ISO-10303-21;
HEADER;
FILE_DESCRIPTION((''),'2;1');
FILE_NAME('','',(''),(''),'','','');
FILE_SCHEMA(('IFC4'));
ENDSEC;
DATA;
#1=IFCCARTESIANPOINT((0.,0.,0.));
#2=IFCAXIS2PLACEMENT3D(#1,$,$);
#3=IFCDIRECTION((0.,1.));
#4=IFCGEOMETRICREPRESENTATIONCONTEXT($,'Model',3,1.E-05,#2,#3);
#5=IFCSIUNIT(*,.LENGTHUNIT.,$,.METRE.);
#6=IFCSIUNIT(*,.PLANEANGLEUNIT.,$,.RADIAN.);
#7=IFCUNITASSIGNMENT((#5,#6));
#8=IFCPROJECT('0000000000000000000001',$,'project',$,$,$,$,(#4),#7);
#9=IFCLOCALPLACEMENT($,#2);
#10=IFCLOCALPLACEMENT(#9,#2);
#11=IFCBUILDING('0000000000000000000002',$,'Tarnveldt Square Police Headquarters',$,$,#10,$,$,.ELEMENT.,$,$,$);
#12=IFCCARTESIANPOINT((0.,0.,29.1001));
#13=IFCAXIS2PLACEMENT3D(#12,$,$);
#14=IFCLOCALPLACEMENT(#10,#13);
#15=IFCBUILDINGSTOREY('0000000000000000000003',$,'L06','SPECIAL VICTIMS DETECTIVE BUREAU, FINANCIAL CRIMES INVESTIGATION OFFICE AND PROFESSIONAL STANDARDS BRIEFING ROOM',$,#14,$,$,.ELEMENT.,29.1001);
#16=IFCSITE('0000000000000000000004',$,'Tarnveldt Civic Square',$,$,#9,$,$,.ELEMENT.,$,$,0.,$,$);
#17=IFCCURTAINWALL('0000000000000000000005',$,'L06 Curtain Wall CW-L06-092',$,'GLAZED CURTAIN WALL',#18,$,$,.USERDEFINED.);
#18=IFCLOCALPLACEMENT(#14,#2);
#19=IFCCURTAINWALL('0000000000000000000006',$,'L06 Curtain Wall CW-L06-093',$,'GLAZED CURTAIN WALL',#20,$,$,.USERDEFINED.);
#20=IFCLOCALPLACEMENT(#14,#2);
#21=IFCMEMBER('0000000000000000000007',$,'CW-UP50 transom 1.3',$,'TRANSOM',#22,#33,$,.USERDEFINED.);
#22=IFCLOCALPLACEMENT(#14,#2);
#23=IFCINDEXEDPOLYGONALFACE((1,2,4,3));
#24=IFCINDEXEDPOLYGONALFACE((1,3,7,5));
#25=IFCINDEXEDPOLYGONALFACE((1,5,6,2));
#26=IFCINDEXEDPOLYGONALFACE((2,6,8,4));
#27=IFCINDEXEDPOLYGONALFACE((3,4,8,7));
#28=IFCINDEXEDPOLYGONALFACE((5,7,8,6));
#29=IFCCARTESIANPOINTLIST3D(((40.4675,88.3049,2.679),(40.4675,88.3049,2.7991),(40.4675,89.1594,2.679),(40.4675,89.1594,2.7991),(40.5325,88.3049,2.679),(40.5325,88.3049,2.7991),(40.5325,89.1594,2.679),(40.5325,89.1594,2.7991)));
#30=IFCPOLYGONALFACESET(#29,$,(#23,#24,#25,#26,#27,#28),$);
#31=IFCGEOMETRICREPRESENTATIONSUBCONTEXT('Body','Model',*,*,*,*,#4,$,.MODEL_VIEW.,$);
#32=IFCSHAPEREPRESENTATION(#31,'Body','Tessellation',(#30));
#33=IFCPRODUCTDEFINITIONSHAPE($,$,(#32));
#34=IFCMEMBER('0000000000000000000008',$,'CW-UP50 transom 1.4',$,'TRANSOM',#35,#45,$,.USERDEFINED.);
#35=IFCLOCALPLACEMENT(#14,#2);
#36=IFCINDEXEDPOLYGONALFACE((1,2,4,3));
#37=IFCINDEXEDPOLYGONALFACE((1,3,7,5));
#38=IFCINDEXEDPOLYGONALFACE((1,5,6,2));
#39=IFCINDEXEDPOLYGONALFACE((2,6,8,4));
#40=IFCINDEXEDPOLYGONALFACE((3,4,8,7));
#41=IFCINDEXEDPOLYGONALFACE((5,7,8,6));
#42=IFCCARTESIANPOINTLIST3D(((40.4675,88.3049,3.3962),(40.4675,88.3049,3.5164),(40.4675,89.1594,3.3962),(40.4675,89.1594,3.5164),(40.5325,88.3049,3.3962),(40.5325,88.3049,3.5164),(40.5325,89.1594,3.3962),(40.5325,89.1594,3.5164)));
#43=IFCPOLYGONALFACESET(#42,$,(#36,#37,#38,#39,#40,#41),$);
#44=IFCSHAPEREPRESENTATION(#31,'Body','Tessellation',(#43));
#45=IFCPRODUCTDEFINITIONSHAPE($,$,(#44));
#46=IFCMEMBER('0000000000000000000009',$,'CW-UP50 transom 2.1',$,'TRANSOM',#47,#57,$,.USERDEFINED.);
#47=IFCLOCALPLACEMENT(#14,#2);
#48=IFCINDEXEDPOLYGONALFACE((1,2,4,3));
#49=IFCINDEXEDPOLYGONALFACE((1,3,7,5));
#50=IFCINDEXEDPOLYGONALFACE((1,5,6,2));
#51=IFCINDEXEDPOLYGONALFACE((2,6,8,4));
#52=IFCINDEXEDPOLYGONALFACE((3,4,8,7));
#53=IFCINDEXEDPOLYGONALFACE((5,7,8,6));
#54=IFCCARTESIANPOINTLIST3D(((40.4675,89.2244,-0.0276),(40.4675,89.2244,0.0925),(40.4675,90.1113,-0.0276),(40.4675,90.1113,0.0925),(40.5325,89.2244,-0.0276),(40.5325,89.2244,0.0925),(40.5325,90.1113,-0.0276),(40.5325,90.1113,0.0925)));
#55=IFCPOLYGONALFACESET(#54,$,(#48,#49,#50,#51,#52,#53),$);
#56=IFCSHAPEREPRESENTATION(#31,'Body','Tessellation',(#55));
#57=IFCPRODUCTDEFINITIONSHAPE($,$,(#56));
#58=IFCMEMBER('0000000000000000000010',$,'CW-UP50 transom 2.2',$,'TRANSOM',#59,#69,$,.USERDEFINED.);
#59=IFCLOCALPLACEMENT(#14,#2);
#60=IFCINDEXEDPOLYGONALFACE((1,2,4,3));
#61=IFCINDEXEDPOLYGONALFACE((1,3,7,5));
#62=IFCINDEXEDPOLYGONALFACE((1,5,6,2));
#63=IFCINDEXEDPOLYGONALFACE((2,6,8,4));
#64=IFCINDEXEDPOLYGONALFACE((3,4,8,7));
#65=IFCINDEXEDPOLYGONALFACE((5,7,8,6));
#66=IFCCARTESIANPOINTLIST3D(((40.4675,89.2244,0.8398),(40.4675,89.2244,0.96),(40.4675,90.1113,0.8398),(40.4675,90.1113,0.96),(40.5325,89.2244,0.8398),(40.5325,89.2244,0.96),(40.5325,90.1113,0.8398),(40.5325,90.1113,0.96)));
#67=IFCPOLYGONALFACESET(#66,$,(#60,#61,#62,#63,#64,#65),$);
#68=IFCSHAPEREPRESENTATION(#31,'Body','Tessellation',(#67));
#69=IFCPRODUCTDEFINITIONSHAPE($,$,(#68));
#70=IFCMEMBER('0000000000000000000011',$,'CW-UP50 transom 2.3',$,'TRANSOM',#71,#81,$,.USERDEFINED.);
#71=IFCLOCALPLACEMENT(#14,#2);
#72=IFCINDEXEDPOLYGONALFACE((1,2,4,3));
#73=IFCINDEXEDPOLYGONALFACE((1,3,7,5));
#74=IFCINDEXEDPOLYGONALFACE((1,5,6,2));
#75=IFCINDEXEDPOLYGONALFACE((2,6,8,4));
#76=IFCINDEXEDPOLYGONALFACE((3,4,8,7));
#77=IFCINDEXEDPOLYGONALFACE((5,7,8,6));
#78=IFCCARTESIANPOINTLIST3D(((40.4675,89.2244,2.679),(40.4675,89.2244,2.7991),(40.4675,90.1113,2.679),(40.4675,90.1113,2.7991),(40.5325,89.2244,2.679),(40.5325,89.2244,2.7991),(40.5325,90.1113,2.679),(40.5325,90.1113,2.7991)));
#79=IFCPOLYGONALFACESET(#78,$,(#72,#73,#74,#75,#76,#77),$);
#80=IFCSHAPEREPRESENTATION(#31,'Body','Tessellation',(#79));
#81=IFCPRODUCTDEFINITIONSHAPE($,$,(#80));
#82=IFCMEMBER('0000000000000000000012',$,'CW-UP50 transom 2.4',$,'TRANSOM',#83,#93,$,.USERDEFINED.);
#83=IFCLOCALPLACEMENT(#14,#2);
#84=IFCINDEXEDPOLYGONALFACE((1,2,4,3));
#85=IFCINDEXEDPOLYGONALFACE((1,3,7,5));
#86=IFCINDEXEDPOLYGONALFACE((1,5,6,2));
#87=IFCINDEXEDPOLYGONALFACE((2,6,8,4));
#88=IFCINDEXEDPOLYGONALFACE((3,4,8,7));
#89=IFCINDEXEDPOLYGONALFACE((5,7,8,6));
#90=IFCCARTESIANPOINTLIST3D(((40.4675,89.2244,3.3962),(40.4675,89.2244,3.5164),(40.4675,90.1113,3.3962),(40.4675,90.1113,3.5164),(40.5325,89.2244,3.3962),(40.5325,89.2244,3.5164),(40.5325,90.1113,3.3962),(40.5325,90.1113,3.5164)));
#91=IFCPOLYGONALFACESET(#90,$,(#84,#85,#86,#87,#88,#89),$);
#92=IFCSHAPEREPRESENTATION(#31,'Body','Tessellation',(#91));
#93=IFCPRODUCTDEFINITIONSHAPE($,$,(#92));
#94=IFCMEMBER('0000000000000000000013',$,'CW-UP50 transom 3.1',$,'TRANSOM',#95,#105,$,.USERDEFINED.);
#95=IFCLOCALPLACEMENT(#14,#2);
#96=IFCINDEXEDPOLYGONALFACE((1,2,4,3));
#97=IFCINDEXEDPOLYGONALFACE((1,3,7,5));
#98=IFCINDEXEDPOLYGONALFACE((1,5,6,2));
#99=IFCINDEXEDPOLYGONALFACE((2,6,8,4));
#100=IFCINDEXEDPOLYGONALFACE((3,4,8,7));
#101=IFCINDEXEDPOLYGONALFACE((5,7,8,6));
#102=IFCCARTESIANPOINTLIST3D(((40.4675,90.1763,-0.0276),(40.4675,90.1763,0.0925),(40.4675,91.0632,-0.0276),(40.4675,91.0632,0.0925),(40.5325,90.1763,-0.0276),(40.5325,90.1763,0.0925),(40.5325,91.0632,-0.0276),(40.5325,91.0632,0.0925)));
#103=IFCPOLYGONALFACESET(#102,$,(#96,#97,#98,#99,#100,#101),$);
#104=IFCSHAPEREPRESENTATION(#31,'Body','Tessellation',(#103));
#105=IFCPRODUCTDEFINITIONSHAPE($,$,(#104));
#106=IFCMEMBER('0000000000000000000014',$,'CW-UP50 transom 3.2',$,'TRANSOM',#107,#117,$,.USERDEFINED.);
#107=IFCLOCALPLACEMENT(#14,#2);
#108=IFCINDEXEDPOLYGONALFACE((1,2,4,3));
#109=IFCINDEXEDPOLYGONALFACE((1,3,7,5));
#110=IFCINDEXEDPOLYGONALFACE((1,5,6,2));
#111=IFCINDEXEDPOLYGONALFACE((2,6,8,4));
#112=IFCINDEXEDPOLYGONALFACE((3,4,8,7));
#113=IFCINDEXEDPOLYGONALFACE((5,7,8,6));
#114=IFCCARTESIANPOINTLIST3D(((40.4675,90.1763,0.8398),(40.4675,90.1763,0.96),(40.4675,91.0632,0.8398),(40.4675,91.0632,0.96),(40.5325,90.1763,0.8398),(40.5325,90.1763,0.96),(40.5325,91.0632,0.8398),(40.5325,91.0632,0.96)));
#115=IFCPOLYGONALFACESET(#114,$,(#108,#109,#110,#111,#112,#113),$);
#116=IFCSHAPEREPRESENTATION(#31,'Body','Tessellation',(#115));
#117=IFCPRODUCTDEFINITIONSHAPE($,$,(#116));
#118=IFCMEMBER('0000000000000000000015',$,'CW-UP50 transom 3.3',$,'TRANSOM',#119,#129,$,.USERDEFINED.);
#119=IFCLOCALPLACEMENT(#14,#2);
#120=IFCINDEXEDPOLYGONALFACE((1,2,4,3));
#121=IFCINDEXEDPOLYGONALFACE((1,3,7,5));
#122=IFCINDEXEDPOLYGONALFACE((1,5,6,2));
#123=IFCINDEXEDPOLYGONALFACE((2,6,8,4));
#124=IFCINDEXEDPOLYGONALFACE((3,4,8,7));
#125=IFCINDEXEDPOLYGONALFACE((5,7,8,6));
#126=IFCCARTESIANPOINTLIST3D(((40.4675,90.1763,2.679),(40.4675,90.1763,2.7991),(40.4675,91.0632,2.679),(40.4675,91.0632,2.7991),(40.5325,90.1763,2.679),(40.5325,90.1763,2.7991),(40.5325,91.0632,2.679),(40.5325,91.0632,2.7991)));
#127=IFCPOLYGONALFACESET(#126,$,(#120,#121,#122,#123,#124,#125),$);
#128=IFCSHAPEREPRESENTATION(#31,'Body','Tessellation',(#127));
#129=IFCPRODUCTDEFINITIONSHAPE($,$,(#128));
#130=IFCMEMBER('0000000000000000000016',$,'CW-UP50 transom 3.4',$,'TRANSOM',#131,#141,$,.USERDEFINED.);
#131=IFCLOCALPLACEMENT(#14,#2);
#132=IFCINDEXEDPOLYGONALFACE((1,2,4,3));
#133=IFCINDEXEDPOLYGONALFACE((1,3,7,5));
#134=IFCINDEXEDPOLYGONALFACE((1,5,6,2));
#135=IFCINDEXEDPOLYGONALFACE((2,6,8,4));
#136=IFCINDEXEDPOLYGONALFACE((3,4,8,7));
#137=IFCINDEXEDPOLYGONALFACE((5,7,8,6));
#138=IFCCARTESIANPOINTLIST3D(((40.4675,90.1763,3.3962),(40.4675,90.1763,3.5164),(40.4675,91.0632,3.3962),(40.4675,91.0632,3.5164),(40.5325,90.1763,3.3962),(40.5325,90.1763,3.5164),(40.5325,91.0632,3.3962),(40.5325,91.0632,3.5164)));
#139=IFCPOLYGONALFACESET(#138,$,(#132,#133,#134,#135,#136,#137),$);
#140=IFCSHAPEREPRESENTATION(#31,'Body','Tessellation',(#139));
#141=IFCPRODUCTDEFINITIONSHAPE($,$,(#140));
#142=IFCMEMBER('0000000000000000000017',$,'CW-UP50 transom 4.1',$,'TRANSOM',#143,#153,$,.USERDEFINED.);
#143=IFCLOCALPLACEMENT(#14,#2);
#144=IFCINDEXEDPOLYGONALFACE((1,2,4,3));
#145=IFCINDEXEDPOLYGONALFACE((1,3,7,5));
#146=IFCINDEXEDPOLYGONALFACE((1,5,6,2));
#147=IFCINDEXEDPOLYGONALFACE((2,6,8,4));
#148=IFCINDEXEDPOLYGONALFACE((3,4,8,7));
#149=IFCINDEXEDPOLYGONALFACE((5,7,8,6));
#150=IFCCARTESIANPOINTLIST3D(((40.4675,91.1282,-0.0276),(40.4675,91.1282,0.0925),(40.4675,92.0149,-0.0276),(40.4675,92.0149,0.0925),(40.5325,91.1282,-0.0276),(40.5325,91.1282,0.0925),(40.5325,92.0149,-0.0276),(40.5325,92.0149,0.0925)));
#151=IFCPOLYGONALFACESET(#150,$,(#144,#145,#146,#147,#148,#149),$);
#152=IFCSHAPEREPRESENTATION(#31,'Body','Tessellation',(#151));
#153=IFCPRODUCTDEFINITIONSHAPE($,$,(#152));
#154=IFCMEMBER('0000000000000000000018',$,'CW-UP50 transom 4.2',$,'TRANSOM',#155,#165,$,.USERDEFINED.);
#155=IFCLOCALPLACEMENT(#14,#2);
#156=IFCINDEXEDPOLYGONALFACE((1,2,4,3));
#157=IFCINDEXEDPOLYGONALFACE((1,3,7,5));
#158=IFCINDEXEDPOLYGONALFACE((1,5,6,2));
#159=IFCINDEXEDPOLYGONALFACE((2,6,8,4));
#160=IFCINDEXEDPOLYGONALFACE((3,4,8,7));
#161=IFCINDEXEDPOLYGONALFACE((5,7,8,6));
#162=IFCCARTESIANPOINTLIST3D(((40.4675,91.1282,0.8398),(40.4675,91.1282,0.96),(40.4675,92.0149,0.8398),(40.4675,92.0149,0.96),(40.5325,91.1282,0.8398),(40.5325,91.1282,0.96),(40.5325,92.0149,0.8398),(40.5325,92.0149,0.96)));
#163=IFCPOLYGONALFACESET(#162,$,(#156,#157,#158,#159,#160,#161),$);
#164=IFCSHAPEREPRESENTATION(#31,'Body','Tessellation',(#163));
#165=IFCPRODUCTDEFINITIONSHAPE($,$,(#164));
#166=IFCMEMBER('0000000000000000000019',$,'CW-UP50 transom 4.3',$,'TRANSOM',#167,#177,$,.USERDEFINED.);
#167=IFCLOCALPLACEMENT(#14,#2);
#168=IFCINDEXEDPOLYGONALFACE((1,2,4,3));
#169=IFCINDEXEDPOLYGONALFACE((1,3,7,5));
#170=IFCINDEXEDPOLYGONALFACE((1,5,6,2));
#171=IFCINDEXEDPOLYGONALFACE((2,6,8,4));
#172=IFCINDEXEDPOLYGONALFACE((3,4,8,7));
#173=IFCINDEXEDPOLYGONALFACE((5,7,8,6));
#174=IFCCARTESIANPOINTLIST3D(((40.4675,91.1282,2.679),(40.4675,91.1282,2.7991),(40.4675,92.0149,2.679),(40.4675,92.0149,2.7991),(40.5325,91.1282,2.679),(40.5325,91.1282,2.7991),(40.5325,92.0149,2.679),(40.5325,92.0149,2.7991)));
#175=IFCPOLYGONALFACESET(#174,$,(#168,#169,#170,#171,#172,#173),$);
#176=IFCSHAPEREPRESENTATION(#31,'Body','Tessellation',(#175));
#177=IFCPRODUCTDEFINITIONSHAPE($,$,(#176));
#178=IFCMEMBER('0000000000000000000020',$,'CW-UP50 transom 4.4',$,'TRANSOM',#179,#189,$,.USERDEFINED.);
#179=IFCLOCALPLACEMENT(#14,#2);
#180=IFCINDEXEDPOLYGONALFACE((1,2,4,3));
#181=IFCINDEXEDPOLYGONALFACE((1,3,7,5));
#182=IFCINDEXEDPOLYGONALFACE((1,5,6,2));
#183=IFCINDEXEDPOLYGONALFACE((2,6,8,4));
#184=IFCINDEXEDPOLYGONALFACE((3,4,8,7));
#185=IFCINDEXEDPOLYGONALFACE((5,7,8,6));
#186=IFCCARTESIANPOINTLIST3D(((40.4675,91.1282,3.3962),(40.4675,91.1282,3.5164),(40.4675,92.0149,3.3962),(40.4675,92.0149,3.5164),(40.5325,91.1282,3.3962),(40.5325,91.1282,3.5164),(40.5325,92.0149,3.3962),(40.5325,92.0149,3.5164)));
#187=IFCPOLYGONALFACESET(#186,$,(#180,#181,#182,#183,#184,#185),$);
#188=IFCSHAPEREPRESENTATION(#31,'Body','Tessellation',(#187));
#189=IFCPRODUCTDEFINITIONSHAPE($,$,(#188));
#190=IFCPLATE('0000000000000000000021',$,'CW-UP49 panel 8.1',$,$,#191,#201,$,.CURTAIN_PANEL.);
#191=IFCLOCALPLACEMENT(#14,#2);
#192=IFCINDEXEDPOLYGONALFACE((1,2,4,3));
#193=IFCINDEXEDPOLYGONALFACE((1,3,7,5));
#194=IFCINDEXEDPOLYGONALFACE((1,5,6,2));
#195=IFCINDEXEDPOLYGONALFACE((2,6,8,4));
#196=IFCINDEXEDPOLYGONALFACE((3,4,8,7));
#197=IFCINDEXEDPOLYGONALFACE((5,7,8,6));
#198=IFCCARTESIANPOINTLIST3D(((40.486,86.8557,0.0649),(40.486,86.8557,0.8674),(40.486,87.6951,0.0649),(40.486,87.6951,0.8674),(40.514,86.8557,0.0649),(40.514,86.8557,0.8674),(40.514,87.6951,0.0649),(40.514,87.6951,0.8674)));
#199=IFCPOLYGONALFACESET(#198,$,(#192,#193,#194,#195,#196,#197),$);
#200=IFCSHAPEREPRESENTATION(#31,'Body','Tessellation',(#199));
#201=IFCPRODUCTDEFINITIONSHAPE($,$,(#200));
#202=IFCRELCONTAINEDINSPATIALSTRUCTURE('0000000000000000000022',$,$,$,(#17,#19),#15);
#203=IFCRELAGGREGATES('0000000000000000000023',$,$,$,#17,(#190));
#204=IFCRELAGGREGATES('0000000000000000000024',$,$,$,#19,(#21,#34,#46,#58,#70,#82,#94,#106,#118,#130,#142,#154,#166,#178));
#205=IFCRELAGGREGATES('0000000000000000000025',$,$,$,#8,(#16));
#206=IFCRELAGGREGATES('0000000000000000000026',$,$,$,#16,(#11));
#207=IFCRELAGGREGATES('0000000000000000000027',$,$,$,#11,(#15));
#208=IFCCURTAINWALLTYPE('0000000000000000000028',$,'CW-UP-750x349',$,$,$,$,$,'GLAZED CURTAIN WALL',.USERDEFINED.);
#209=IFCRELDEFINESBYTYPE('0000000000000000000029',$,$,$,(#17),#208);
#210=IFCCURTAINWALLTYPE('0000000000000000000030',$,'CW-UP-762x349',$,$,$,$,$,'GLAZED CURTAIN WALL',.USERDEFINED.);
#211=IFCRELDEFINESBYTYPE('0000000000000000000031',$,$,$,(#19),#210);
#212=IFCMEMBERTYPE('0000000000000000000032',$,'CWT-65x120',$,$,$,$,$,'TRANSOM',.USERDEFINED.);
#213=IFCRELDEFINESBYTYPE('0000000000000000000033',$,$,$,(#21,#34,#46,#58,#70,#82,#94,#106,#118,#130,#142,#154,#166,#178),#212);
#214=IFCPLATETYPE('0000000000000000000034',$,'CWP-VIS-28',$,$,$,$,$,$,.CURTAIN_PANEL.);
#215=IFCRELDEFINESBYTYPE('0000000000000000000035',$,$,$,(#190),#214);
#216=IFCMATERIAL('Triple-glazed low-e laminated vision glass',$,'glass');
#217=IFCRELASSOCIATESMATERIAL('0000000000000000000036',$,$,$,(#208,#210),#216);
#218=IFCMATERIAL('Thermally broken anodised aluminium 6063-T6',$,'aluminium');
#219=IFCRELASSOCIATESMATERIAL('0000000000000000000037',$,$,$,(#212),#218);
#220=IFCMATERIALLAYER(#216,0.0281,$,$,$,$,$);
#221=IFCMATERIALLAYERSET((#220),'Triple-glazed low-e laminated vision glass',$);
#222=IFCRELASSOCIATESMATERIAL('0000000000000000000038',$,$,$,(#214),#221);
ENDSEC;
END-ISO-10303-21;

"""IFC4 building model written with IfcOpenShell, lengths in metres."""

from ifc_helpers import new_model, si_unit, direction, frame, origin, origin_2d, place, context, subcontext, project, spatial, rectangle, extrude, material, layer, layer_set, material_profile, profile_set, type_object, element, aggregate, save


model = new_model("IFC4")

# Units and contexts
model_context = context("Model", 3, precision=1e-05, world=origin(), true_north=direction((0.0, 1.0)))
body_context = subcontext(model_context, "Body", "Model", "MODEL_VIEW")
ifc_project = project(units=[si_unit("LENGTHUNIT", "METRE"), si_unit("PLANEANGLEUNIT", "RADIAN")], contexts=[model_context])

# Site, building, storey
site_placement = place(None, origin())
site = spatial("IfcSite", under=ifc_project, at=site_placement, Name="Tarnveldt Civic Square", CompositionType="ELEMENT", RefElevation=0.0)
building_placement = place(site_placement, origin())
building = spatial("IfcBuilding", under=site, at=building_placement, Name="Tarnveldt Square Police Headquarters", CompositionType="ELEMENT")
storey_placement = place(building_placement, frame((0.0, 0.0, 29.1001)))
storey = spatial("IfcBuildingStorey", under=building, at=storey_placement, Name="L06", Description="SPECIAL VICTIMS DETECTIVE BUREAU, FINANCIAL CRIMES INVESTIGATION OFFICE AND PROFESSIONAL STANDARDS BRIEFING ROOM", CompositionType="ELEMENT", Elevation=29.1001)

# Curtain wall
ifc_material_1 = material(Name="Triple-glazed low-e laminated vision glass", Category="glass")
curtain_wall_type_1 = type_object("IfcCurtainWallType", Name="CW-UP-750x349", ElementType="GLAZED CURTAIN WALL", PredefinedType="USERDEFINED", material=ifc_material_1)
curtain_wall_1_placement = place(storey_placement, origin())
curtain_wall_1 = element("IfcCurtainWall", 1, at=curtain_wall_1_placement, inside=storey, type_object=curtain_wall_type_1, Name="L06 Curtain Wall CW-L06-092", ObjectType="GLAZED CURTAIN WALL", PredefinedType="USERDEFINED")
ifc_material_2 = material(Name="Thermally broken anodised aluminium 6063-T6", Category="aluminium")

# Curtain wall
curtain_wall_type_2 = type_object("IfcCurtainWallType", Name="CW-UP-762x349", ElementType="GLAZED CURTAIN WALL", PredefinedType="USERDEFINED", material=ifc_material_1)
curtain_wall_2_placement = place(storey_placement, origin())
curtain_wall_2 = element("IfcCurtainWall", 2, at=curtain_wall_2_placement, inside=storey, type_object=curtain_wall_type_2, Name="L06 Curtain Wall CW-L06-093", ObjectType="GLAZED CURTAIN WALL", PredefinedType="USERDEFINED")

# Members
ifc_material_profile_1 = material_profile(ifc_material_2, rectangle(XDim=0.0649, YDim=0.1201, at=origin_2d()), Name="CW-T65x120")
ifc_profile_set_1 = profile_set([ifc_material_profile_1], Name="Thermally broken anodised aluminium 6063-T6")
member_type_1 = type_object("IfcMemberType", Name="CWT-65x120", ElementType="TRANSOM", PredefinedType="USERDEFINED", material=ifc_profile_set_1)
member_1_placement = place(storey_placement, frame((40.5, 88.3049, 2.739), z_axis=(0.0, 1.0, 0.0), x_axis=(-1.0, 0.0, 0.0)))
member_1 = element("IfcMember", 3, at=member_1_placement, type_object=member_type_1, Name="CW-UP50 transom 1.3", ObjectType="TRANSOM", PredefinedType="USERDEFINED", context=body_context, shape_type="SweptSolid", body=[
    extrude(rectangle(XDim=0.0649, YDim=0.1201, at=origin_2d()), origin(), (0.0, 0.0, 1.0), 0.8545),
])
member_2_placement = place(storey_placement, frame((40.5, 88.3049, 3.4563), z_axis=(0.0, 1.0, 0.0), x_axis=(-1.0, 0.0, 0.0)))
member_2 = element("IfcMember", 4, at=member_2_placement, type_object=member_type_1, Name="CW-UP50 transom 1.4", ObjectType="TRANSOM", PredefinedType="USERDEFINED", context=body_context, shape_type="SweptSolid", body=[
    extrude(rectangle(XDim=0.0649, YDim=0.1201, at=origin_2d()), origin(), (0.0, 0.0, 1.0), 0.8545),
])
member_3_placement = place(storey_placement, frame((40.5, 89.2244, 0.0325), z_axis=(0.0, 1.0, 0.0), x_axis=(-1.0, 0.0, 0.0)))
member_3 = element("IfcMember", 5, at=member_3_placement, type_object=member_type_1, Name="CW-UP50 transom 2.1", ObjectType="TRANSOM", PredefinedType="USERDEFINED", context=body_context, shape_type="SweptSolid", body=[
    extrude(rectangle(XDim=0.0649, YDim=0.1201, at=origin_2d()), origin(), (0.0, 0.0, 1.0), 0.887),
])
member_4_placement = place(storey_placement, frame((40.5, 89.2244, 0.8999), z_axis=(0.0, 1.0, 0.0), x_axis=(-1.0, 0.0, 0.0)))
member_4 = element("IfcMember", 6, at=member_4_placement, type_object=member_type_1, Name="CW-UP50 transom 2.2", ObjectType="TRANSOM", PredefinedType="USERDEFINED", context=body_context, shape_type="SweptSolid", body=[
    extrude(rectangle(XDim=0.0649, YDim=0.1201, at=origin_2d()), origin(), (0.0, 0.0, 1.0), 0.887),
])
member_5_placement = place(storey_placement, frame((40.5, 89.2244, 2.739), z_axis=(0.0, 1.0, 0.0), x_axis=(-1.0, 0.0, 0.0)))
member_5 = element("IfcMember", 7, at=member_5_placement, type_object=member_type_1, Name="CW-UP50 transom 2.3", ObjectType="TRANSOM", PredefinedType="USERDEFINED", context=body_context, shape_type="SweptSolid", body=[
    extrude(rectangle(XDim=0.0649, YDim=0.1201, at=origin_2d()), origin(), (0.0, 0.0, 1.0), 0.887),
])
member_6_placement = place(storey_placement, frame((40.5, 89.2244, 3.4563), z_axis=(0.0, 1.0, 0.0), x_axis=(-1.0, 0.0, 0.0)))
member_6 = element("IfcMember", 8, at=member_6_placement, type_object=member_type_1, Name="CW-UP50 transom 2.4", ObjectType="TRANSOM", PredefinedType="USERDEFINED", context=body_context, shape_type="SweptSolid", body=[
    extrude(rectangle(XDim=0.0649, YDim=0.1201, at=origin_2d()), origin(), (0.0, 0.0, 1.0), 0.887),
])
member_7_placement = place(storey_placement, frame((40.5, 90.1763, 0.0325), z_axis=(0.0, 1.0, 0.0), x_axis=(-1.0, 0.0, 0.0)))
member_7 = element("IfcMember", 9, at=member_7_placement, type_object=member_type_1, Name="CW-UP50 transom 3.1", ObjectType="TRANSOM", PredefinedType="USERDEFINED", context=body_context, shape_type="SweptSolid", body=[
    extrude(rectangle(XDim=0.0649, YDim=0.1201, at=origin_2d()), origin(), (0.0, 0.0, 1.0), 0.887),
])
member_8_placement = place(storey_placement, frame((40.5, 90.1763, 0.8999), z_axis=(0.0, 1.0, 0.0), x_axis=(-1.0, 0.0, 0.0)))
member_8 = element("IfcMember", 10, at=member_8_placement, type_object=member_type_1, Name="CW-UP50 transom 3.2", ObjectType="TRANSOM", PredefinedType="USERDEFINED", context=body_context, shape_type="SweptSolid", body=[
    extrude(rectangle(XDim=0.0649, YDim=0.1201, at=origin_2d()), origin(), (0.0, 0.0, 1.0), 0.887),
])
member_9_placement = place(storey_placement, frame((40.5, 90.1763, 2.739), z_axis=(0.0, 1.0, 0.0), x_axis=(-1.0, 0.0, 0.0)))
member_9 = element("IfcMember", 11, at=member_9_placement, type_object=member_type_1, Name="CW-UP50 transom 3.3", ObjectType="TRANSOM", PredefinedType="USERDEFINED", context=body_context, shape_type="SweptSolid", body=[
    extrude(rectangle(XDim=0.0649, YDim=0.1201, at=origin_2d()), origin(), (0.0, 0.0, 1.0), 0.887),
])
member_10_placement = place(storey_placement, frame((40.5, 90.1763, 3.4563), z_axis=(0.0, 1.0, 0.0), x_axis=(-1.0, 0.0, 0.0)))
member_10 = element("IfcMember", 12, at=member_10_placement, type_object=member_type_1, Name="CW-UP50 transom 3.4", ObjectType="TRANSOM", PredefinedType="USERDEFINED", context=body_context, shape_type="SweptSolid", body=[
    extrude(rectangle(XDim=0.0649, YDim=0.1201, at=origin_2d()), origin(), (0.0, 0.0, 1.0), 0.887),
])
member_11_placement = place(storey_placement, frame((40.5, 91.1282, 0.0325), z_axis=(0.0, 1.0, 0.0), x_axis=(-1.0, 0.0, 0.0)))
member_11 = element("IfcMember", 13, at=member_11_placement, type_object=member_type_1, Name="CW-UP50 transom 4.1", ObjectType="TRANSOM", PredefinedType="USERDEFINED", context=body_context, shape_type="SweptSolid", body=[
    extrude(rectangle(XDim=0.0649, YDim=0.1201, at=origin_2d()), origin(), (0.0, 0.0, 1.0), 0.8867),
])
member_12_placement = place(storey_placement, frame((40.5, 91.1282, 0.8999), z_axis=(0.0, 1.0, 0.0), x_axis=(-1.0, 0.0, 0.0)))
member_12 = element("IfcMember", 14, at=member_12_placement, type_object=member_type_1, Name="CW-UP50 transom 4.2", ObjectType="TRANSOM", PredefinedType="USERDEFINED", context=body_context, shape_type="SweptSolid", body=[
    extrude(rectangle(XDim=0.0649, YDim=0.1201, at=origin_2d()), origin(), (0.0, 0.0, 1.0), 0.8867),
])
member_13_placement = place(storey_placement, frame((40.5, 91.1282, 2.739), z_axis=(0.0, 1.0, 0.0), x_axis=(-1.0, 0.0, 0.0)))
member_13 = element("IfcMember", 15, at=member_13_placement, type_object=member_type_1, Name="CW-UP50 transom 4.3", ObjectType="TRANSOM", PredefinedType="USERDEFINED", context=body_context, shape_type="SweptSolid", body=[
    extrude(rectangle(XDim=0.0649, YDim=0.1201, at=origin_2d()), origin(), (0.0, 0.0, 1.0), 0.8867),
])
member_14_placement = place(storey_placement, frame((40.5, 91.1282, 3.4563), z_axis=(0.0, 1.0, 0.0), x_axis=(-1.0, 0.0, 0.0)))
member_14 = element("IfcMember", 16, at=member_14_placement, type_object=member_type_1, Name="CW-UP50 transom 4.4", ObjectType="TRANSOM", PredefinedType="USERDEFINED", context=body_context, shape_type="SweptSolid", body=[
    extrude(rectangle(XDim=0.0649, YDim=0.1201, at=origin_2d()), origin(), (0.0, 0.0, 1.0), 0.8867),
])

# Plate
ifc_layer = layer(ifc_material_1, 0.0281)
ifc_layer_set = layer_set([ifc_layer], Name="Triple-glazed low-e laminated vision glass")
plate_type = type_object("IfcPlateType", Name="CWP-VIS-28", PredefinedType="CURTAIN_PANEL", material=ifc_layer_set)
plate_1_placement = place(storey_placement, frame((40.5, 87.2754, 0.0649), z_axis=(0.0, 0.0, 1.0), x_axis=(0.0, 1.0, 0.0)))
plate_1 = element("IfcPlate", 17, at=plate_1_placement, type_object=plate_type, Name="CW-UP49 panel 8.1", PredefinedType="CURTAIN_PANEL", context=body_context, shape_type="SweptSolid", body=[
    extrude(rectangle(XDim=0.8394, YDim=0.0281, at=origin_2d()), origin(), (0.0, 0.0, 1.0), 0.8025),
])
aggregate(curtain_wall_1, [plate_1])
aggregate(curtain_wall_2, [member_1, member_2, member_3, member_4, member_5, member_6, member_7, member_8, member_9, member_10, member_11, member_12, member_13, member_14])

save(model, "model.ifc")
